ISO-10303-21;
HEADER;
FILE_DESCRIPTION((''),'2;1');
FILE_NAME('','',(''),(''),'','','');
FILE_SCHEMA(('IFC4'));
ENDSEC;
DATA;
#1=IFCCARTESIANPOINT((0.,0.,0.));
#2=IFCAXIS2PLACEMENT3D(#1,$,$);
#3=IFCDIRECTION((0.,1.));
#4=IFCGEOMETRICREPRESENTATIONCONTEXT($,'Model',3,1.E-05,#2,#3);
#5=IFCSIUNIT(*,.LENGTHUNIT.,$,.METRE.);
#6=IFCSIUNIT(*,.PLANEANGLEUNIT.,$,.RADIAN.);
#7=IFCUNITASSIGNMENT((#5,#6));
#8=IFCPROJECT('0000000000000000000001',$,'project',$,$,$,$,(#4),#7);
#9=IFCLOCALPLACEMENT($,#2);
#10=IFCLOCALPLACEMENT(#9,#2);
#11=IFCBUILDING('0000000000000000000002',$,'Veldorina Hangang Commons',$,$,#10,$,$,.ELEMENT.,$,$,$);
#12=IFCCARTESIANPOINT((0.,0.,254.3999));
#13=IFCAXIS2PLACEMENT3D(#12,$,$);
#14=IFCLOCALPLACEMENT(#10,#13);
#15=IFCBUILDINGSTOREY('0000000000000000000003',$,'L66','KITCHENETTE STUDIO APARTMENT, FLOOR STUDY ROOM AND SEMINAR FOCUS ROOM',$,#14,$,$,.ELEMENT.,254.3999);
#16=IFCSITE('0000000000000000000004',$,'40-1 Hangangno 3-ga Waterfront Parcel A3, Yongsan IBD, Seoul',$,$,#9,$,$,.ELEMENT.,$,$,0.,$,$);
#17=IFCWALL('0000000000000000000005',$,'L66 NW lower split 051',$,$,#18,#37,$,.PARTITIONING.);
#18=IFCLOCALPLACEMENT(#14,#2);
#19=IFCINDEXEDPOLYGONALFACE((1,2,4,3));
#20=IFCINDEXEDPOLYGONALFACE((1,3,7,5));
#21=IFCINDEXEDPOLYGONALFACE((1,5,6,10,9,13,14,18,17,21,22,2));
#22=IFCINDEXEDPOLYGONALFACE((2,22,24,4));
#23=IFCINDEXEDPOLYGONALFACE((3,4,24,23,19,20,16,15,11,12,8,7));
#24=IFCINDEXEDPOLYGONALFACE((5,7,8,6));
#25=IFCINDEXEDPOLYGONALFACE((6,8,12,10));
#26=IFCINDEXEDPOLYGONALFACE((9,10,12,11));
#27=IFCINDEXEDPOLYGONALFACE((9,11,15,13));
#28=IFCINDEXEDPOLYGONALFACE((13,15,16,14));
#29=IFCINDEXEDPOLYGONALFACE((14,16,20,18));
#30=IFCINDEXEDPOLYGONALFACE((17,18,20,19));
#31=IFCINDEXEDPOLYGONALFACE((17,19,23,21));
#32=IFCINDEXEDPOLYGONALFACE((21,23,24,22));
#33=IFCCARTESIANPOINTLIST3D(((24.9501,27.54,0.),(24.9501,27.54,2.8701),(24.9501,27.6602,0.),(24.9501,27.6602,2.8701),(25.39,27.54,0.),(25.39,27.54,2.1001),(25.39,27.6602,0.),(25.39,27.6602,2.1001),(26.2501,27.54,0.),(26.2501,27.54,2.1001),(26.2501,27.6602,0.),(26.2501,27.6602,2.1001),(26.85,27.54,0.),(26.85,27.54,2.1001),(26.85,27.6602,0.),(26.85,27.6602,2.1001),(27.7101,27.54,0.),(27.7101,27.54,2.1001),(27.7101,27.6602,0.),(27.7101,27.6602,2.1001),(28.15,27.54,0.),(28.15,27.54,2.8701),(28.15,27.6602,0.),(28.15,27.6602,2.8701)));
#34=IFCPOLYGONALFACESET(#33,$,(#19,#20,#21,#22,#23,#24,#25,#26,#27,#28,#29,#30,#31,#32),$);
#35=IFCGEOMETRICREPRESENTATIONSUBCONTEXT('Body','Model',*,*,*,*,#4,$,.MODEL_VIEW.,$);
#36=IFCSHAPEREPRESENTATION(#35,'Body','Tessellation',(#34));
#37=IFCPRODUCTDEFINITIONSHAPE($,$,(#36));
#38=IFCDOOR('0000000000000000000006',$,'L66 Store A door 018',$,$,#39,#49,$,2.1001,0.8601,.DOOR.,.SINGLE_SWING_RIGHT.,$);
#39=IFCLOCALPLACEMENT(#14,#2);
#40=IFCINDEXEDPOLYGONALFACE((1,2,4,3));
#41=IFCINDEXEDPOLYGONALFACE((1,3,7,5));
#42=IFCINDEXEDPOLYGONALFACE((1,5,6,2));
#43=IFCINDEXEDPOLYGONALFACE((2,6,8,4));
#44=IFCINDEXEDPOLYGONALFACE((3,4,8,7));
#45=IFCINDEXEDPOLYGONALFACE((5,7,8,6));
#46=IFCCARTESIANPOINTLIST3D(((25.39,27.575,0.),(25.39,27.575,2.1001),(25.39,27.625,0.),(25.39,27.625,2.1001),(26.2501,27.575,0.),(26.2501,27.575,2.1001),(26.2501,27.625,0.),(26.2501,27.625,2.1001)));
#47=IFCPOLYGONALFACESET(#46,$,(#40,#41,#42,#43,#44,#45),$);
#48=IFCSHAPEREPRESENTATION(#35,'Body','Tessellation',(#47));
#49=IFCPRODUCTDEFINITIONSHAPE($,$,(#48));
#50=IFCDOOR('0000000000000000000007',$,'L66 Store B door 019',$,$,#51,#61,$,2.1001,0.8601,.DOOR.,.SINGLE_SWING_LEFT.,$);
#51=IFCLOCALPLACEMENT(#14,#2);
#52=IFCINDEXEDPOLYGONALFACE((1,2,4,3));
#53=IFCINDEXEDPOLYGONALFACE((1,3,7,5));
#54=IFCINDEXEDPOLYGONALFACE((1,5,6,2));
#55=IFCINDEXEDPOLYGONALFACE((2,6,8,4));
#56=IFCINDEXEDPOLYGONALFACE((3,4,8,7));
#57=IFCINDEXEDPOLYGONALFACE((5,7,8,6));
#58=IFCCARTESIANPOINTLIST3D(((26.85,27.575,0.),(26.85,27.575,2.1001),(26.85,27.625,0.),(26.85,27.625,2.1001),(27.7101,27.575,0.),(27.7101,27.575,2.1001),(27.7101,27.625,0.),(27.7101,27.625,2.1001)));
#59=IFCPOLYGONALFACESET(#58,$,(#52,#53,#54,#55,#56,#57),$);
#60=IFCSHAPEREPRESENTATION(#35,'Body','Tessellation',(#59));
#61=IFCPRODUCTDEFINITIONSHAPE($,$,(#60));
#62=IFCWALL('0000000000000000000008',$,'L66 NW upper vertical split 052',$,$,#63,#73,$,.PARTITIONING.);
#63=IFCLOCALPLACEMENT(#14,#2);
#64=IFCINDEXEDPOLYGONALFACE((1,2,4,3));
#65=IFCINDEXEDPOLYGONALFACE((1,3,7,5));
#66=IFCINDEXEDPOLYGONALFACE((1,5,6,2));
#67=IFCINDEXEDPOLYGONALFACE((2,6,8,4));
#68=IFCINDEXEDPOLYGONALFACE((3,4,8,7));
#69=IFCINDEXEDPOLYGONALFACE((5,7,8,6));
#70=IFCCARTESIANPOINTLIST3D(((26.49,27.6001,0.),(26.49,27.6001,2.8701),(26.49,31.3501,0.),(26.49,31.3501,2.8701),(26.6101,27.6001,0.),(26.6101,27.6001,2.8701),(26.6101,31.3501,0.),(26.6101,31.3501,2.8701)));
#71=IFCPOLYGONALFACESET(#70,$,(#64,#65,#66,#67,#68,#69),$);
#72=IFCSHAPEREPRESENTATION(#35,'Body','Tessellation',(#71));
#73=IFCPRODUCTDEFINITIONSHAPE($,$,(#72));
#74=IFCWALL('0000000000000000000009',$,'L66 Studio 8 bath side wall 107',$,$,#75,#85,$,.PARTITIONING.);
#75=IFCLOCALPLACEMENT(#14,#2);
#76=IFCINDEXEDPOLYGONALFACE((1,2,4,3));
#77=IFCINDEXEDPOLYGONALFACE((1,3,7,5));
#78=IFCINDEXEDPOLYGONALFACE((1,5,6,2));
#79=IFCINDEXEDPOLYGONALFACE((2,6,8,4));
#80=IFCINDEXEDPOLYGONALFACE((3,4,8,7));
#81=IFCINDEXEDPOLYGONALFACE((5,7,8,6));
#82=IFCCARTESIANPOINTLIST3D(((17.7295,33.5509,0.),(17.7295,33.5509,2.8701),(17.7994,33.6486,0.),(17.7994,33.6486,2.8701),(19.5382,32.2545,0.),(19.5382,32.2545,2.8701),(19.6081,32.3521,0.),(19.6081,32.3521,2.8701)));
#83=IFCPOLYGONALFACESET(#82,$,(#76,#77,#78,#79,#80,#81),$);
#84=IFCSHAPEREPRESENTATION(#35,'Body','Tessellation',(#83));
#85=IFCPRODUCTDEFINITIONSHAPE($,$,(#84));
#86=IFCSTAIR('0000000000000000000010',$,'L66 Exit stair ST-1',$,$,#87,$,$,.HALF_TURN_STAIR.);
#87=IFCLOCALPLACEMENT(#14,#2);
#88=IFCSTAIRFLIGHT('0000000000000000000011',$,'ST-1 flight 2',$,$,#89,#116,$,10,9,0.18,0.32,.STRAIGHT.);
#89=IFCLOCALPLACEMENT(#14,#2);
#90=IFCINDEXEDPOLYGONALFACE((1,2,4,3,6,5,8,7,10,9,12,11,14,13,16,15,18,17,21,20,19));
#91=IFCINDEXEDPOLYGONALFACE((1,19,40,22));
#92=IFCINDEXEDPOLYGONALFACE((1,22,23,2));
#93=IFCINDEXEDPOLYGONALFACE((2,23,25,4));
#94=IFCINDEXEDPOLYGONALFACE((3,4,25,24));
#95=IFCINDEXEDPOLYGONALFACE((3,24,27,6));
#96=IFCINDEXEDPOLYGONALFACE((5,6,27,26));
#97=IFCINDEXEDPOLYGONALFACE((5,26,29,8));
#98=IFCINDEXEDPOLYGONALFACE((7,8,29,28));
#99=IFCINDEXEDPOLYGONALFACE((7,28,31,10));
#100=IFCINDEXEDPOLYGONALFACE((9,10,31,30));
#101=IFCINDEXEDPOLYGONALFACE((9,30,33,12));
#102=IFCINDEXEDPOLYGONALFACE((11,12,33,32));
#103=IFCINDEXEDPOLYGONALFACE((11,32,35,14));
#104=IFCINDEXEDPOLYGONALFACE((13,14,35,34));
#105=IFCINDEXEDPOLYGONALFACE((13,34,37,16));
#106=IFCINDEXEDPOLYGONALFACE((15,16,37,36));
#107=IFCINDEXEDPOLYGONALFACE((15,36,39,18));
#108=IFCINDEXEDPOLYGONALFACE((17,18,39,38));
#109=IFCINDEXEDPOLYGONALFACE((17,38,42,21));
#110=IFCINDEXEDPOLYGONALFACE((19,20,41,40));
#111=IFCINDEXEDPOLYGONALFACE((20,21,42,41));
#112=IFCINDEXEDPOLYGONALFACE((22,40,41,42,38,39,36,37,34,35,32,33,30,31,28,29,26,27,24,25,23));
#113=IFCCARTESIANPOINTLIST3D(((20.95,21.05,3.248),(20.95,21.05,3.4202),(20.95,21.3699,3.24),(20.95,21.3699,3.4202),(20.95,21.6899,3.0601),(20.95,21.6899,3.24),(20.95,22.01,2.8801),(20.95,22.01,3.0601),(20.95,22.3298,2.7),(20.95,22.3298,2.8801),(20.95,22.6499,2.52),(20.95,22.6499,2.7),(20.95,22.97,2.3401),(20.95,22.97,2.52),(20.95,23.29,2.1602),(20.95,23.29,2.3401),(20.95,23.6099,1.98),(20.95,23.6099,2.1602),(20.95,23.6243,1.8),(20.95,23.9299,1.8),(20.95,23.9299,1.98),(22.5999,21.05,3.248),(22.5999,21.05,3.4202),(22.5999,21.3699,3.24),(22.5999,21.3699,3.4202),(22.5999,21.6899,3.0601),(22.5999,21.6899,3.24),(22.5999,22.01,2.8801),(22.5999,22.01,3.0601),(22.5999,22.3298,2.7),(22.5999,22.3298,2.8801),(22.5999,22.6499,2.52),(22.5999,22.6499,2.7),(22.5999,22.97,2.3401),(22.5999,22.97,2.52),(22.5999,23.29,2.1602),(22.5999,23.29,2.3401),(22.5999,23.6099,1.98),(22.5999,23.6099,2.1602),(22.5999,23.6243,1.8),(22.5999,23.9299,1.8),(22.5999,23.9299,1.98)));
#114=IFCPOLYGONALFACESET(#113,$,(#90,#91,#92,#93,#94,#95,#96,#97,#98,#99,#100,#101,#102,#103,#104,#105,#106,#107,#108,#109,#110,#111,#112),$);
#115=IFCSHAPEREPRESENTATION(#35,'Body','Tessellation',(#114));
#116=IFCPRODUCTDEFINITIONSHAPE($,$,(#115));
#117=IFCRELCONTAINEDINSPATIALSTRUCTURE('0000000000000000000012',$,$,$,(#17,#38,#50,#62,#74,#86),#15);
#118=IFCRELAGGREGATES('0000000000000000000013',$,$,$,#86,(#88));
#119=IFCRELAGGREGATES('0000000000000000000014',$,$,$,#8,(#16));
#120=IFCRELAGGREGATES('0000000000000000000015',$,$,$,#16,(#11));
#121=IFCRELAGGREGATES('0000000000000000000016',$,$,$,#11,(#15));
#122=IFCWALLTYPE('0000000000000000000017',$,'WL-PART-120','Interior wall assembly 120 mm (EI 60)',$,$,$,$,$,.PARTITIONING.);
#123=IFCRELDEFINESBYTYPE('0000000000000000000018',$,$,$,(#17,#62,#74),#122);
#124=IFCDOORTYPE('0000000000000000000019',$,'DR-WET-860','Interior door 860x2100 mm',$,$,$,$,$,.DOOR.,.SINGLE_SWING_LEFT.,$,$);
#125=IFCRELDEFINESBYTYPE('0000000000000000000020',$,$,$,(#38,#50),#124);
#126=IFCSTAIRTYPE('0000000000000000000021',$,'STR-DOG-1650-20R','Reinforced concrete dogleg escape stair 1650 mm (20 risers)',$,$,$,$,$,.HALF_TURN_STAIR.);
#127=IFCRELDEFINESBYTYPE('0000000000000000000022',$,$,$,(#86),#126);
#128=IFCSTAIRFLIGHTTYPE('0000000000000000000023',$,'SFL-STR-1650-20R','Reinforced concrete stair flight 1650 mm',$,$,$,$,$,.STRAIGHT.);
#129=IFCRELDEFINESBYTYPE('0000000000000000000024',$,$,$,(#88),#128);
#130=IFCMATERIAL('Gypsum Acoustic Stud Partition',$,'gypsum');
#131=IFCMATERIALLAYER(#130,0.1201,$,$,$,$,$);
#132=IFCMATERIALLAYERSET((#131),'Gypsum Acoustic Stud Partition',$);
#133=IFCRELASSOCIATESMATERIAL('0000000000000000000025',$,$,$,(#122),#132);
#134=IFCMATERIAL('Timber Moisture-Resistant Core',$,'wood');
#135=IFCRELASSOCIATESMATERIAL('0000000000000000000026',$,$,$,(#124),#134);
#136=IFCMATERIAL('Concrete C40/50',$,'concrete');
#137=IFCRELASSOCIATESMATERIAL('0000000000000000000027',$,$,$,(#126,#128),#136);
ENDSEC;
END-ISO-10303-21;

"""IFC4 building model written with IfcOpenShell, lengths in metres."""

from ifc_helpers import new_model, si_unit, direction, frame, frame_2d, origin, place, context, subcontext, project, spatial, polyline, rectangle, outline, extrude, material, layer, layer_set, type_object, element, fill, aggregate, save


model = new_model("IFC4")

# Units and contexts
model_context = context("Model", 3, precision=1e-05, world=origin(), true_north=direction((0.0, 1.0)))
body_context = subcontext(model_context, "Body", "Model", "MODEL_VIEW")
ifc_project = project(units=[si_unit("LENGTHUNIT", "METRE"), si_unit("PLANEANGLEUNIT", "RADIAN")], contexts=[model_context])

# Site, building, storey
site_placement = place(None, origin())
site = spatial("IfcSite", under=ifc_project, at=site_placement, Name="40-1 Hangangno 3-ga Waterfront Parcel A3, Yongsan IBD, Seoul", CompositionType="ELEMENT", RefElevation=0.0)
building_placement = place(site_placement, origin())
building = spatial("IfcBuilding", under=site, at=building_placement, Name="Veldorina Hangang Commons", CompositionType="ELEMENT")
storey_placement = place(building_placement, frame((0.0, 0.0, 254.3999)))
storey = spatial("IfcBuildingStorey", under=building, at=storey_placement, Name="L66", Description="KITCHENETTE STUDIO APARTMENT, FLOOR STUDY ROOM AND SEMINAR FOCUS ROOM", CompositionType="ELEMENT", Elevation=254.3999)

# Shared definitions
ifc_material_1 = material(Name="Gypsum Acoustic Stud Partition", Category="gypsum")
ifc_layer_1 = layer(ifc_material_1, 0.1201)
ifc_layer_set_1 = layer_set([ifc_layer_1], Name="Gypsum Acoustic Stud Partition")
wall_type_1 = type_object("IfcWallType", Name="WL-PART-120", Description="Interior wall assembly 120 mm (EI 60)", PredefinedType="PARTITIONING", material=ifc_layer_set_1)

# Wall, openings, doors
wall_1_placement = place(storey_placement, frame((24.95, 27.6001, 0.0), z_axis=(0.0, 0.0, 1.0), x_axis=(1.0, 0.0, 0.0)))
wall_1 = element("IfcWall", 1, at=wall_1_placement, inside=storey, type_object=wall_type_1, Name="L66 NW lower split 051", PredefinedType="PARTITIONING", context=body_context, shape_type="SweptSolid", body=[
    extrude(rectangle(XDim=3.2, YDim=0.1201, at=frame_2d((1.6001, 0.0))), origin(), (0.0, 0.0, 1.0), 2.8701),
])
opening_1_placement = place(wall_1_placement, frame((0.4399, 0.0, 0.0)))
opening_1 = element("IfcOpeningElement", 2, at=opening_1_placement, cuts=wall_1, PredefinedType="OPENING", context=body_context, shape_type="SweptSolid", body=[
    extrude(rectangle(XDim=0.8601, YDim=2.1001, at=frame_2d((0.4302, 1.05))), frame((0.0, 0.0701, 0.0), z_axis=(0.0, -1.0, 0.0), x_axis=(1.0, 0.0, 0.0)), (0.0, 0.0, 1.0), 0.1401),
])
opening_2_placement = place(wall_1_placement, frame((1.8999, 0.0, 0.0)))
opening_2 = element("IfcOpeningElement", 3, at=opening_2_placement, cuts=wall_1, PredefinedType="OPENING", context=body_context, shape_type="SweptSolid", body=[
    extrude(rectangle(XDim=0.8601, YDim=2.1001, at=frame_2d((0.4302, 1.05))), frame((0.0, 0.0701, 0.0), z_axis=(0.0, -1.0, 0.0), x_axis=(1.0, 0.0, 0.0)), (0.0, 0.0, 1.0), 0.1401),
])
ifc_material_2 = material(Name="Timber Moisture-Resistant Core", Category="wood")
door_type_1 = type_object("IfcDoorType", Name="DR-WET-860", Description="Interior door 860x2100 mm", OperationType="SINGLE_SWING_LEFT", PredefinedType="DOOR", material=ifc_material_2)
door_1_placement = place(opening_1_placement, origin())
door_1 = element("IfcDoor", 4, at=door_1_placement, inside=storey, type_object=door_type_1, Name="L66 Store A door 018", OperationType="SINGLE_SWING_RIGHT", OverallHeight=2.1001, OverallWidth=0.8601, PredefinedType="DOOR", context=body_context, shape_type="SweptSolid", body=[
    extrude(rectangle(XDim=0.8601, YDim=2.1001, at=frame_2d((0.4302, 1.05))), frame((0.0, 0.0249, 0.0), z_axis=(0.0, -1.0, 0.0), x_axis=(1.0, 0.0, 0.0)), (0.0, 0.0, 1.0), 0.05),
])
fill(opening_1, door_1)
door_2_placement = place(opening_2_placement, origin())
door_2 = element("IfcDoor", 5, at=door_2_placement, inside=storey, type_object=door_type_1, Name="L66 Store B door 019", OperationType="SINGLE_SWING_LEFT", OverallHeight=2.1001, OverallWidth=0.8601, PredefinedType="DOOR", context=body_context, shape_type="SweptSolid", body=[
    extrude(rectangle(XDim=0.8601, YDim=2.1001, at=frame_2d((0.4302, 1.05))), frame((0.0, 0.0249, 0.0), z_axis=(0.0, -1.0, 0.0), x_axis=(1.0, 0.0, 0.0)), (0.0, 0.0, 1.0), 0.05),
])
fill(opening_2, door_2)

# Walls
wall_2_placement = place(storey_placement, frame((26.55, 27.6001, 0.0), z_axis=(0.0, 0.0, 1.0), x_axis=(0.0, 1.0, 0.0)))
element("IfcWall", 6, at=wall_2_placement, inside=storey, type_object=wall_type_1, Name="L66 NW upper vertical split 052", PredefinedType="PARTITIONING", context=body_context, shape_type="SweptSolid", body=[
    extrude(rectangle(XDim=3.75, YDim=0.1201, at=frame_2d((1.875, 0.0))), origin(), (0.0, 0.0, 1.0), 2.8701),
])
wall_3_placement = place(storey_placement, frame((19.5732, 32.3032, 0.0), z_axis=(0.0, 0.0, 1.0), x_axis=(-0.812769, 0.582587, 0.0)))
element("IfcWall", 7, at=wall_3_placement, inside=storey, type_object=wall_type_1, Name="L66 Studio 8 bath side wall 107", PredefinedType="PARTITIONING", context=body_context, shape_type="SweptSolid", body=[
    extrude(rectangle(XDim=2.2253, YDim=0.1201, at=frame_2d((1.1128, 0.0))), origin(), (0.0, 0.0, 1.0), 2.8701),
])

# Stair, stair flight
ifc_material_3 = material(Name="Concrete C40/50", Category="concrete")
stair_type = type_object("IfcStairType", Name="STR-DOG-1650-20R", Description="Reinforced concrete dogleg escape stair 1650 mm (20 risers)", PredefinedType="HALF_TURN_STAIR", material=ifc_material_3)
stair_placement = place(storey_placement, origin())
stair = element("IfcStair", 8, at=stair_placement, inside=storey, type_object=stair_type, Name="L66 Exit stair ST-1", PredefinedType="HALF_TURN_STAIR")
stair_flight_type = type_object("IfcStairFlightType", Name="SFL-STR-1650-20R", Description="Reinforced concrete stair flight 1650 mm", PredefinedType="STRAIGHT", material=ifc_material_3)
stair_flight_placement = place(storey_placement, frame((21.7749, 23.9299, 1.8), z_axis=(0.0, 0.0, 1.0), x_axis=(0.0, -1.0, 0.0)))
stair_flight = element("IfcStairFlight", 9, at=stair_flight_placement, type_object=stair_flight_type, Name="ST-1 flight 2", NumberOfRisers=10, NumberOfTreads=9, PredefinedType="STRAIGHT", RiserHeight=0.18, TreadLength=0.32, context=body_context, shape_type="SweptSolid", body=[
    extrude(outline(polyline([(0.0, 0.0), (0.0, 0.1799), (0.3201, 0.1799), (0.3201, 0.3601), (0.6399, 0.3601), (0.6399, 0.54), (0.96, 0.54), (0.96, 0.72), (1.28, 0.72), (1.28, 0.8999), (1.6001, 0.8999), (1.6001, 1.0801), (1.9199, 1.0801), (1.9199, 1.26), (2.24, 1.26), (2.24, 1.4399), (2.5601, 1.4399), (2.5601, 1.6201), (2.8799, 1.6201), (2.8799, 1.8), (2.8799, 1.448), (0.3057, 0.0), (0.0, 0.0)])), frame((0.0, 0.825, 0.0), z_axis=(0.0, -1.0, 0.0), x_axis=(1.0, 0.0, 0.0)), (0.0, 0.0, 1.0), 1.6499),
])
aggregate(stair, [stair_flight])

save(model, "model.ifc")
